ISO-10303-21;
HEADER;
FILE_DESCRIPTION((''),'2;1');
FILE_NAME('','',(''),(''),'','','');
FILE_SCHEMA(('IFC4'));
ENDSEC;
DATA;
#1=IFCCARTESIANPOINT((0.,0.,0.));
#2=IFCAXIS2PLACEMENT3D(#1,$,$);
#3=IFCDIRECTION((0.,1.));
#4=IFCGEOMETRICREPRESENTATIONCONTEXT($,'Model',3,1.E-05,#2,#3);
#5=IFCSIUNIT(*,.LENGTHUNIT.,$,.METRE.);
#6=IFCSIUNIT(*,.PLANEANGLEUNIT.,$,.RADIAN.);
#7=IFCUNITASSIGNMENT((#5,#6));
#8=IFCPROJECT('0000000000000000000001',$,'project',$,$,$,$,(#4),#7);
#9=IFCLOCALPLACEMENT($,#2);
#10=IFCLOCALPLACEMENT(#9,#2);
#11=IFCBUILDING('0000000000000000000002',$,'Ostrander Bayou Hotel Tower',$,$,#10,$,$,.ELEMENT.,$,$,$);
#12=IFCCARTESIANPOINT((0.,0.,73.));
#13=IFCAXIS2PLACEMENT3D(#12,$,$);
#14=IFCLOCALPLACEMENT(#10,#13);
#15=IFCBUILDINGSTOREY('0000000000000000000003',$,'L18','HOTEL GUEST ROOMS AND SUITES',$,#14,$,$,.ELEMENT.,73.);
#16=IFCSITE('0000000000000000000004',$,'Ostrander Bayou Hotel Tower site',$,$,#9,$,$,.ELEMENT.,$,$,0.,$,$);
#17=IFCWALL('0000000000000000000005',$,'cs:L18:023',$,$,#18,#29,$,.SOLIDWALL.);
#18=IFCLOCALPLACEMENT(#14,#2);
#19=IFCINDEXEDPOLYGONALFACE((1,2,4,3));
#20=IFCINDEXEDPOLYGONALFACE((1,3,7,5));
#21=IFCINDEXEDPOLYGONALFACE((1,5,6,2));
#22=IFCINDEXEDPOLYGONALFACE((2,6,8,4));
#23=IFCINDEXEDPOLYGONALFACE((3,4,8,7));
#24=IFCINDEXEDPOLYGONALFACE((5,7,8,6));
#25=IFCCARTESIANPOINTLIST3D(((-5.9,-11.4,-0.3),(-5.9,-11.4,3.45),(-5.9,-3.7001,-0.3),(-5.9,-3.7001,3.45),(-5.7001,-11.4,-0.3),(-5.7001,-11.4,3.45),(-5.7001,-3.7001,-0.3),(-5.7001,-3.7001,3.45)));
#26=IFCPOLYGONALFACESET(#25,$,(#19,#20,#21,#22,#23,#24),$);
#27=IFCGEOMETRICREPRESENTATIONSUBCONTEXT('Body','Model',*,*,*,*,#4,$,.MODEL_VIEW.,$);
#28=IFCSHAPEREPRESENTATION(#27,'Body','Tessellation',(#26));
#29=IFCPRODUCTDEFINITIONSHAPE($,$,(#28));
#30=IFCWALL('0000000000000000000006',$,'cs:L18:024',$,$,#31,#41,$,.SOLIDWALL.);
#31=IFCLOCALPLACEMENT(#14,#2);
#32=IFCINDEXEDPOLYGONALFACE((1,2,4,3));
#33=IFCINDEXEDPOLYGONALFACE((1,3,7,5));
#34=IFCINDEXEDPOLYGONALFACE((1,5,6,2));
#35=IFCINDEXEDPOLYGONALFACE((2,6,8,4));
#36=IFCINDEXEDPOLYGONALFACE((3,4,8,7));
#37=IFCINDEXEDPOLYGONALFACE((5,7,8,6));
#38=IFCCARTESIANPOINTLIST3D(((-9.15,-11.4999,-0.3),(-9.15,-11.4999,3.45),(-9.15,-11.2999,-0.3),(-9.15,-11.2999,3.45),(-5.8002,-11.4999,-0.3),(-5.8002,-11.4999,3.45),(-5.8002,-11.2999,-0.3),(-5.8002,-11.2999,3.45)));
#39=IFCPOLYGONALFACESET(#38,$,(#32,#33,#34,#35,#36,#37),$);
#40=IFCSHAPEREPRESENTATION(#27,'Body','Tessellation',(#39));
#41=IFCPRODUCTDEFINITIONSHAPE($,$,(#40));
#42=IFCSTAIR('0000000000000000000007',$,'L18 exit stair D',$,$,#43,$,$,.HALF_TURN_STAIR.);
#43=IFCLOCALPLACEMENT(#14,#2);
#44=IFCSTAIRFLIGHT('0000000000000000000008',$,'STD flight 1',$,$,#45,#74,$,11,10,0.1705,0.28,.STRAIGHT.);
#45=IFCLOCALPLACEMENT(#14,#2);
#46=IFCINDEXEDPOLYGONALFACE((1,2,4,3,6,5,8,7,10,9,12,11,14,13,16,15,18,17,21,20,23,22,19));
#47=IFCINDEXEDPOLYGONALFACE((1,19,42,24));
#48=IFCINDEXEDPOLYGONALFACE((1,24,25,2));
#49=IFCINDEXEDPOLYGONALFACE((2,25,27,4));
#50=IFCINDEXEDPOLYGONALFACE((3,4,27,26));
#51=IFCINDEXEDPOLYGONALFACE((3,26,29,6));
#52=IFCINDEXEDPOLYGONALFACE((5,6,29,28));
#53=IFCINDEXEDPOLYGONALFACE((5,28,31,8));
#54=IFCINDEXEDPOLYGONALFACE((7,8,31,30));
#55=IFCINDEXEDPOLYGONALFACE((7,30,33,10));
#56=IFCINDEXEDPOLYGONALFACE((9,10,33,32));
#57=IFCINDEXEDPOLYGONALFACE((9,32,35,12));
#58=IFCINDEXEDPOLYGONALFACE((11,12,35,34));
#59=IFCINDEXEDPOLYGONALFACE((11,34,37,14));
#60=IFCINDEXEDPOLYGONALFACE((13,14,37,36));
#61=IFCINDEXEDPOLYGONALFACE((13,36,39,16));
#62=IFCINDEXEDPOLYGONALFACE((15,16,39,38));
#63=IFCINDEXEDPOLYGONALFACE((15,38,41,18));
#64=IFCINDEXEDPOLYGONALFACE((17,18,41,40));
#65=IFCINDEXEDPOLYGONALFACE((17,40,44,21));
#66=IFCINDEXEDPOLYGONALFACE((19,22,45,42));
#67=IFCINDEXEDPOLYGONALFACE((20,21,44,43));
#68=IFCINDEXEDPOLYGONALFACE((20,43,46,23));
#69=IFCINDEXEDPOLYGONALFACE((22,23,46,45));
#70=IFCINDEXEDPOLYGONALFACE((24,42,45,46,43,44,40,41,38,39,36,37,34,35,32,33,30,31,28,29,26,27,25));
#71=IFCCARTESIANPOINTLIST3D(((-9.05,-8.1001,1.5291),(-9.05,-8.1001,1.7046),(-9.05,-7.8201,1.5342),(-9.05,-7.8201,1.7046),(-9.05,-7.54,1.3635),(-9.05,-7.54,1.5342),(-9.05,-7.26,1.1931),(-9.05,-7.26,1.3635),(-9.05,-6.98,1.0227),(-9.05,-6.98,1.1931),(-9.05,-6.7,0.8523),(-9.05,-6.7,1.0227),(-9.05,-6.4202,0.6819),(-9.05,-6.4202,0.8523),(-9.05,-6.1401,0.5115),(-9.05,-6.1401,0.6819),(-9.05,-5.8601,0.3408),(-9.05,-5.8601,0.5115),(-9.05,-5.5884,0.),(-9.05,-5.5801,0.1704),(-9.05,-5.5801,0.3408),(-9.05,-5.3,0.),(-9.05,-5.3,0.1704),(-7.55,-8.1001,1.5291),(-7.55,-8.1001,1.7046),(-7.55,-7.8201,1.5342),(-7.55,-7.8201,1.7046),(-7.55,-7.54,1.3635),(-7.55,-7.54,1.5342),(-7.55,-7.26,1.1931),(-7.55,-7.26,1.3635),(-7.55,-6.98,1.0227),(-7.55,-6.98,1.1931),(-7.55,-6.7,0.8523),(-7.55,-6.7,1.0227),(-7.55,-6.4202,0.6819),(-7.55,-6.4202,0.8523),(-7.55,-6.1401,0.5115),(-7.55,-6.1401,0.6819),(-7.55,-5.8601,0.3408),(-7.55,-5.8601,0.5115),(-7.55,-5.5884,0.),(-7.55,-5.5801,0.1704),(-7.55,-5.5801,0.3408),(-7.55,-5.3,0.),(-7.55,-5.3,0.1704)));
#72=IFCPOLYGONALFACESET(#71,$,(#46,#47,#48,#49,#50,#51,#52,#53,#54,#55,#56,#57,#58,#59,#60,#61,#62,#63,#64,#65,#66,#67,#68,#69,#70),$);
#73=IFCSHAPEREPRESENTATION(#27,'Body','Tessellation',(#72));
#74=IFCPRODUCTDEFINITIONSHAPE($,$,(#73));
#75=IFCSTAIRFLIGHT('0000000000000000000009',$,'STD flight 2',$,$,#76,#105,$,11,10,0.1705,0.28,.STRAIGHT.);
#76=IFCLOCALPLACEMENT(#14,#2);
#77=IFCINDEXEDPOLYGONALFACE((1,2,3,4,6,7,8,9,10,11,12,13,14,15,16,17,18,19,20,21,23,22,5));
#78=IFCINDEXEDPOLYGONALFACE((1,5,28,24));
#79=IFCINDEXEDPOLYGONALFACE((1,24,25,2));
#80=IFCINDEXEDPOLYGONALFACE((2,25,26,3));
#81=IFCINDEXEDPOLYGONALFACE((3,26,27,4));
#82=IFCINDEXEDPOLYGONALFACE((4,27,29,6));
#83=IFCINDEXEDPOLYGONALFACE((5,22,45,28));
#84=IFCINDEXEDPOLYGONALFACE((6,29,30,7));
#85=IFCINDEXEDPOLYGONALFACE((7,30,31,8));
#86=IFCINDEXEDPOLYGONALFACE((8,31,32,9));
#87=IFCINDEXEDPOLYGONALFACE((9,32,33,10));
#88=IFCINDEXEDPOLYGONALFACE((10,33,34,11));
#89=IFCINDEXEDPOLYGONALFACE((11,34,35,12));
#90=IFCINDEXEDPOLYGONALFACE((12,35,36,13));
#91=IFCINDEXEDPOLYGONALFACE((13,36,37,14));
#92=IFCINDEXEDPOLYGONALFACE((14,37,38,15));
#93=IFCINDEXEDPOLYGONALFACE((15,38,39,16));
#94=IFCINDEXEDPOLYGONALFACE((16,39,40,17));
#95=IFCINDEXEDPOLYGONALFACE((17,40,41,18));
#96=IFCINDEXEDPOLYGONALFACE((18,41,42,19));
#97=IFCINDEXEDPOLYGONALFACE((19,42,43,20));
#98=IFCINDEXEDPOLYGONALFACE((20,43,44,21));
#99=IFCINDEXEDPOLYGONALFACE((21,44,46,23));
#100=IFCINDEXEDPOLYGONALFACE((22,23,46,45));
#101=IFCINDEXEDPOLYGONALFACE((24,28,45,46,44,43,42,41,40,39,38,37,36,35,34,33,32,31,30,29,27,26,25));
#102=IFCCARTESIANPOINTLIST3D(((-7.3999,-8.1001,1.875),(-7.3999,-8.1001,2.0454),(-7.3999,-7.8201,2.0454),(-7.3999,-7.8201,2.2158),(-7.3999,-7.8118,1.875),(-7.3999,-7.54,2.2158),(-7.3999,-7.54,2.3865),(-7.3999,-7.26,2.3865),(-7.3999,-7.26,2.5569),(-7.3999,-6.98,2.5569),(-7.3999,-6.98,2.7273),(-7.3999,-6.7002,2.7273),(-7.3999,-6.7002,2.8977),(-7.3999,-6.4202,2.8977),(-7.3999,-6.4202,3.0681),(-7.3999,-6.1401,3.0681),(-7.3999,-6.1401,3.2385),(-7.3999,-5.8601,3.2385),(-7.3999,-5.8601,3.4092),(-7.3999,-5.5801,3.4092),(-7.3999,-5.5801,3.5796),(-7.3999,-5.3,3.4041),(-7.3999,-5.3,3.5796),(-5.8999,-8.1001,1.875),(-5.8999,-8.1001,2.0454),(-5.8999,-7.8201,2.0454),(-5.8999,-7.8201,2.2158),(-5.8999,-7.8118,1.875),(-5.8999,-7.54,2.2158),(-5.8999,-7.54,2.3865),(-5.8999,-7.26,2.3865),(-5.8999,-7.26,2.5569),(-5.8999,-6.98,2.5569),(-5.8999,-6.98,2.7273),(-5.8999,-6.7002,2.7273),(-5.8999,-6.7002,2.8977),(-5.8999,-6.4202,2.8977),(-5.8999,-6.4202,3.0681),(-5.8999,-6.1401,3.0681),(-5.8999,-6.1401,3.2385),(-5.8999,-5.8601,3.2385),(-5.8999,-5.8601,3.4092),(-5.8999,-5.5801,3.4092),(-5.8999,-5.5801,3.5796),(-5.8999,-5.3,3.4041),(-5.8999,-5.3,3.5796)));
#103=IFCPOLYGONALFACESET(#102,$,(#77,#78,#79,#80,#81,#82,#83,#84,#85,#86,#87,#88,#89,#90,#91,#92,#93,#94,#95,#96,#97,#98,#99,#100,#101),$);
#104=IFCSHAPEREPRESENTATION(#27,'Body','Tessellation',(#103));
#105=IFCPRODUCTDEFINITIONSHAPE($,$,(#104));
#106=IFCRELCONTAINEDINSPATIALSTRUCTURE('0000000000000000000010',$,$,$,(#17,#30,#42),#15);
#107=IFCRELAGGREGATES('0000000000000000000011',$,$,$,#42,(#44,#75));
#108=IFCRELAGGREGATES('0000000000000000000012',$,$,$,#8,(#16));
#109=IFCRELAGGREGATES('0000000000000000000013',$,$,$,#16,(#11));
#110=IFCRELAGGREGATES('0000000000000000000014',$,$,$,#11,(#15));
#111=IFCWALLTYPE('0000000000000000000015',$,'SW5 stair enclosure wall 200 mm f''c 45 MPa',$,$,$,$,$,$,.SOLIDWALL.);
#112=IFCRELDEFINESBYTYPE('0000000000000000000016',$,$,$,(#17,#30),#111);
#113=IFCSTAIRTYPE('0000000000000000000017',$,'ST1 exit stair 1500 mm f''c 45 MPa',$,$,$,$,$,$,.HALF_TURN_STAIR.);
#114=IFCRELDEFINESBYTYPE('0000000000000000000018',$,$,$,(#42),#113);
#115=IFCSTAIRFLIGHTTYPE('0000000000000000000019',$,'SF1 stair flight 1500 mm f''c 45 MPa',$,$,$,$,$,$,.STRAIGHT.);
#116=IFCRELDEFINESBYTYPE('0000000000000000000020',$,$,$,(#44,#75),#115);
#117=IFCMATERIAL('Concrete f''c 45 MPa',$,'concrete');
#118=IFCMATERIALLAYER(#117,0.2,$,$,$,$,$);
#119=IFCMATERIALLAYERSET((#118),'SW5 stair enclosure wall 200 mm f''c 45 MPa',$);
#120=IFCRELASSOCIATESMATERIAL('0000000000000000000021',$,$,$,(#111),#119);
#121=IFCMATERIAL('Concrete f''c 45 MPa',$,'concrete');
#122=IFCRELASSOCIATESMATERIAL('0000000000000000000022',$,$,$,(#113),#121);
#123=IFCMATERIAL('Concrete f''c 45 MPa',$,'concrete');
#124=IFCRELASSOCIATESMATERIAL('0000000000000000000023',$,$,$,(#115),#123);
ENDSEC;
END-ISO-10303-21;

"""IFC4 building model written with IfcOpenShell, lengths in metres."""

from ifc_helpers import new_model, si_unit, direction, frame, frame_2d, origin, place, context, subcontext, project, spatial, polyline, rectangle, outline, extrude, material, layer, layer_set, type_object, element, aggregate, save


model = new_model("IFC4")

# Units and contexts
model_context = context("Model", 3, precision=1e-05, world=origin(), true_north=direction((0.0, 1.0)))
body_context = subcontext(model_context, "Body", "Model", "MODEL_VIEW")
ifc_project = project(units=[si_unit("LENGTHUNIT", "METRE"), si_unit("PLANEANGLEUNIT", "RADIAN")], contexts=[model_context])

# Site, building, storey
site_placement = place(None, origin())
site = spatial("IfcSite", under=ifc_project, at=site_placement, Name="Ostrander Bayou Hotel Tower site", CompositionType="ELEMENT", RefElevation=0.0)
building_placement = place(site_placement, origin())
building = spatial("IfcBuilding", under=site, at=building_placement, Name="Ostrander Bayou Hotel Tower", CompositionType="ELEMENT")
storey_placement = place(building_placement, frame((0.0, 0.0, 73.0)))
storey = spatial("IfcBuildingStorey", under=building, at=storey_placement, Name="L18", Description="HOTEL GUEST ROOMS AND SUITES", CompositionType="ELEMENT", Elevation=73.0)

# Shared definitions
ifc_material_1 = material(Name="Concrete f'c 45 MPa", Category="concrete")
ifc_layer_1 = layer(ifc_material_1, 0.2)
ifc_layer_set_1 = layer_set([ifc_layer_1], Name="SW5 stair enclosure wall 200 mm f'c 45 MPa")
wall_type_1 = type_object("IfcWallType", Name="SW5 stair enclosure wall 200 mm f'c 45 MPa", PredefinedType="SOLIDWALL", material=ifc_layer_set_1)

# Walls
for number, where, z_axis, x_axis, name in (
    (1, (-5.8, -3.7, -0.3), (0.0, 0.0, 1.0), (0.0, -1.0, 0.0), "cs:L18:023"),
):
    element("IfcWall", number, at=place(storey_placement, frame(where, z_axis=z_axis, x_axis=x_axis)), inside=storey, type_object=wall_type_1, Name=name, PredefinedType="SOLIDWALL", context=body_context, shape_type="SweptSolid", body=[
        extrude(rectangle(XDim=7.7, YDim=0.2, at=frame_2d((3.8501, 0.0))), origin(), (0.0, 0.0, 1.0), 3.75),
    ])
wall_1_placement = place(storey_placement, frame((-9.1499, -11.3999, -0.3), z_axis=(0.0, 0.0, 1.0), x_axis=(1.0, 0.0, 0.0)))
element("IfcWall", 2, at=wall_1_placement, inside=storey, type_object=wall_type_1, Name="cs:L18:024", PredefinedType="SOLIDWALL", context=body_context, shape_type="SweptSolid", body=[
    extrude(rectangle(XDim=3.3499, YDim=0.2, at=frame_2d((1.6748, 0.0))), origin(), (0.0, 0.0, 1.0), 3.75),
])

# Stair, stair flights
ifc_material_2 = material(Name="Concrete f'c 45 MPa", Category="concrete")
stair_type = type_object("IfcStairType", Name="ST1 exit stair 1500 mm f'c 45 MPa", PredefinedType="HALF_TURN_STAIR", material=ifc_material_2)
stair_placement = place(storey_placement, origin())
stair = element("IfcStair", 3, at=stair_placement, inside=storey, type_object=stair_type, Name="L18 exit stair D", PredefinedType="HALF_TURN_STAIR")
ifc_material_3 = material(Name="Concrete f'c 45 MPa", Category="concrete")
stair_flight_type = type_object("IfcStairFlightType", Name="SF1 stair flight 1500 mm f'c 45 MPa", PredefinedType="STRAIGHT", material=ifc_material_3)
stair_flight_1_placement = place(storey_placement, frame((-8.3, -5.3, 0.0), z_axis=(0.0, 0.0, 1.0), x_axis=(0.0, -1.0, 0.0)))
stair_flight_1 = element("IfcStairFlight", 4, at=stair_flight_1_placement, type_object=stair_flight_type, Name="STD flight 1", NumberOfRisers=11, NumberOfTreads=10, PredefinedType="STRAIGHT", RiserHeight=0.1705, TreadLength=0.28, context=body_context, shape_type="SweptSolid", body=[
    extrude(outline(polyline([(0.0, 0.0), (0.0, 0.1704), (0.28, 0.1704), (0.28, 0.3408), (0.5601, 0.3408), (0.5601, 0.5115), (0.8401, 0.5115), (0.8401, 0.6819), (1.1201, 0.6819), (1.1201, 0.8523), (1.3999, 0.8523), (1.3999, 1.0227), (1.6799, 1.0227), (1.6799, 1.1931), (1.96, 1.1931), (1.96, 1.3635), (2.24, 1.3635), (2.24, 1.5342), (2.52, 1.5342), (2.52, 1.7046), (2.8, 1.7046), (2.8, 1.875), (2.8, 1.5291), (0.2883, 0.0), (0.0, 0.0)])), frame((0.0, 0.75, 0.0), z_axis=(0.0, -1.0, 0.0), x_axis=(1.0, 0.0, 0.0)), (0.0, 0.0, 1.0), 1.5),
])
stair_flight_2_placement = place(storey_placement, frame((-6.6499, -8.1001, 1.875), z_axis=(0.0, 0.0, 1.0), x_axis=(0.0, 1.0, 0.0)))
stair_flight_2 = element("IfcStairFlight", 5, at=stair_flight_2_placement, type_object=stair_flight_type, Name="STD flight 2", NumberOfRisers=11, NumberOfTreads=10, PredefinedType="STRAIGHT", RiserHeight=0.1705, TreadLength=0.28, context=body_context, shape_type="SweptSolid", body=[
    extrude(outline(polyline([(0.0, 0.0), (0.0, 0.1704), (0.28, 0.1704), (0.28, 0.3408), (0.5601, 0.3408), (0.5601, 0.5115), (0.8401, 0.5115), (0.8401, 0.6819), (1.1201, 0.6819), (1.1201, 0.8523), (1.3999, 0.8523), (1.3999, 1.0227), (1.6799, 1.0227), (1.6799, 1.1931), (1.96, 1.1931), (1.96, 1.3635), (2.24, 1.3635), (2.24, 1.5342), (2.52, 1.5342), (2.52, 1.7046), (2.8, 1.7046), (2.8, 1.875), (2.8, 1.5291), (0.2883, 0.0), (0.0, 0.0)])), frame((0.0, 0.75, 0.0), z_axis=(0.0, -1.0, 0.0), x_axis=(1.0, 0.0, 0.0)), (0.0, 0.0, 1.0), 1.5),
])
aggregate(stair, [stair_flight_1, stair_flight_2])

save(model, "model.ifc")
